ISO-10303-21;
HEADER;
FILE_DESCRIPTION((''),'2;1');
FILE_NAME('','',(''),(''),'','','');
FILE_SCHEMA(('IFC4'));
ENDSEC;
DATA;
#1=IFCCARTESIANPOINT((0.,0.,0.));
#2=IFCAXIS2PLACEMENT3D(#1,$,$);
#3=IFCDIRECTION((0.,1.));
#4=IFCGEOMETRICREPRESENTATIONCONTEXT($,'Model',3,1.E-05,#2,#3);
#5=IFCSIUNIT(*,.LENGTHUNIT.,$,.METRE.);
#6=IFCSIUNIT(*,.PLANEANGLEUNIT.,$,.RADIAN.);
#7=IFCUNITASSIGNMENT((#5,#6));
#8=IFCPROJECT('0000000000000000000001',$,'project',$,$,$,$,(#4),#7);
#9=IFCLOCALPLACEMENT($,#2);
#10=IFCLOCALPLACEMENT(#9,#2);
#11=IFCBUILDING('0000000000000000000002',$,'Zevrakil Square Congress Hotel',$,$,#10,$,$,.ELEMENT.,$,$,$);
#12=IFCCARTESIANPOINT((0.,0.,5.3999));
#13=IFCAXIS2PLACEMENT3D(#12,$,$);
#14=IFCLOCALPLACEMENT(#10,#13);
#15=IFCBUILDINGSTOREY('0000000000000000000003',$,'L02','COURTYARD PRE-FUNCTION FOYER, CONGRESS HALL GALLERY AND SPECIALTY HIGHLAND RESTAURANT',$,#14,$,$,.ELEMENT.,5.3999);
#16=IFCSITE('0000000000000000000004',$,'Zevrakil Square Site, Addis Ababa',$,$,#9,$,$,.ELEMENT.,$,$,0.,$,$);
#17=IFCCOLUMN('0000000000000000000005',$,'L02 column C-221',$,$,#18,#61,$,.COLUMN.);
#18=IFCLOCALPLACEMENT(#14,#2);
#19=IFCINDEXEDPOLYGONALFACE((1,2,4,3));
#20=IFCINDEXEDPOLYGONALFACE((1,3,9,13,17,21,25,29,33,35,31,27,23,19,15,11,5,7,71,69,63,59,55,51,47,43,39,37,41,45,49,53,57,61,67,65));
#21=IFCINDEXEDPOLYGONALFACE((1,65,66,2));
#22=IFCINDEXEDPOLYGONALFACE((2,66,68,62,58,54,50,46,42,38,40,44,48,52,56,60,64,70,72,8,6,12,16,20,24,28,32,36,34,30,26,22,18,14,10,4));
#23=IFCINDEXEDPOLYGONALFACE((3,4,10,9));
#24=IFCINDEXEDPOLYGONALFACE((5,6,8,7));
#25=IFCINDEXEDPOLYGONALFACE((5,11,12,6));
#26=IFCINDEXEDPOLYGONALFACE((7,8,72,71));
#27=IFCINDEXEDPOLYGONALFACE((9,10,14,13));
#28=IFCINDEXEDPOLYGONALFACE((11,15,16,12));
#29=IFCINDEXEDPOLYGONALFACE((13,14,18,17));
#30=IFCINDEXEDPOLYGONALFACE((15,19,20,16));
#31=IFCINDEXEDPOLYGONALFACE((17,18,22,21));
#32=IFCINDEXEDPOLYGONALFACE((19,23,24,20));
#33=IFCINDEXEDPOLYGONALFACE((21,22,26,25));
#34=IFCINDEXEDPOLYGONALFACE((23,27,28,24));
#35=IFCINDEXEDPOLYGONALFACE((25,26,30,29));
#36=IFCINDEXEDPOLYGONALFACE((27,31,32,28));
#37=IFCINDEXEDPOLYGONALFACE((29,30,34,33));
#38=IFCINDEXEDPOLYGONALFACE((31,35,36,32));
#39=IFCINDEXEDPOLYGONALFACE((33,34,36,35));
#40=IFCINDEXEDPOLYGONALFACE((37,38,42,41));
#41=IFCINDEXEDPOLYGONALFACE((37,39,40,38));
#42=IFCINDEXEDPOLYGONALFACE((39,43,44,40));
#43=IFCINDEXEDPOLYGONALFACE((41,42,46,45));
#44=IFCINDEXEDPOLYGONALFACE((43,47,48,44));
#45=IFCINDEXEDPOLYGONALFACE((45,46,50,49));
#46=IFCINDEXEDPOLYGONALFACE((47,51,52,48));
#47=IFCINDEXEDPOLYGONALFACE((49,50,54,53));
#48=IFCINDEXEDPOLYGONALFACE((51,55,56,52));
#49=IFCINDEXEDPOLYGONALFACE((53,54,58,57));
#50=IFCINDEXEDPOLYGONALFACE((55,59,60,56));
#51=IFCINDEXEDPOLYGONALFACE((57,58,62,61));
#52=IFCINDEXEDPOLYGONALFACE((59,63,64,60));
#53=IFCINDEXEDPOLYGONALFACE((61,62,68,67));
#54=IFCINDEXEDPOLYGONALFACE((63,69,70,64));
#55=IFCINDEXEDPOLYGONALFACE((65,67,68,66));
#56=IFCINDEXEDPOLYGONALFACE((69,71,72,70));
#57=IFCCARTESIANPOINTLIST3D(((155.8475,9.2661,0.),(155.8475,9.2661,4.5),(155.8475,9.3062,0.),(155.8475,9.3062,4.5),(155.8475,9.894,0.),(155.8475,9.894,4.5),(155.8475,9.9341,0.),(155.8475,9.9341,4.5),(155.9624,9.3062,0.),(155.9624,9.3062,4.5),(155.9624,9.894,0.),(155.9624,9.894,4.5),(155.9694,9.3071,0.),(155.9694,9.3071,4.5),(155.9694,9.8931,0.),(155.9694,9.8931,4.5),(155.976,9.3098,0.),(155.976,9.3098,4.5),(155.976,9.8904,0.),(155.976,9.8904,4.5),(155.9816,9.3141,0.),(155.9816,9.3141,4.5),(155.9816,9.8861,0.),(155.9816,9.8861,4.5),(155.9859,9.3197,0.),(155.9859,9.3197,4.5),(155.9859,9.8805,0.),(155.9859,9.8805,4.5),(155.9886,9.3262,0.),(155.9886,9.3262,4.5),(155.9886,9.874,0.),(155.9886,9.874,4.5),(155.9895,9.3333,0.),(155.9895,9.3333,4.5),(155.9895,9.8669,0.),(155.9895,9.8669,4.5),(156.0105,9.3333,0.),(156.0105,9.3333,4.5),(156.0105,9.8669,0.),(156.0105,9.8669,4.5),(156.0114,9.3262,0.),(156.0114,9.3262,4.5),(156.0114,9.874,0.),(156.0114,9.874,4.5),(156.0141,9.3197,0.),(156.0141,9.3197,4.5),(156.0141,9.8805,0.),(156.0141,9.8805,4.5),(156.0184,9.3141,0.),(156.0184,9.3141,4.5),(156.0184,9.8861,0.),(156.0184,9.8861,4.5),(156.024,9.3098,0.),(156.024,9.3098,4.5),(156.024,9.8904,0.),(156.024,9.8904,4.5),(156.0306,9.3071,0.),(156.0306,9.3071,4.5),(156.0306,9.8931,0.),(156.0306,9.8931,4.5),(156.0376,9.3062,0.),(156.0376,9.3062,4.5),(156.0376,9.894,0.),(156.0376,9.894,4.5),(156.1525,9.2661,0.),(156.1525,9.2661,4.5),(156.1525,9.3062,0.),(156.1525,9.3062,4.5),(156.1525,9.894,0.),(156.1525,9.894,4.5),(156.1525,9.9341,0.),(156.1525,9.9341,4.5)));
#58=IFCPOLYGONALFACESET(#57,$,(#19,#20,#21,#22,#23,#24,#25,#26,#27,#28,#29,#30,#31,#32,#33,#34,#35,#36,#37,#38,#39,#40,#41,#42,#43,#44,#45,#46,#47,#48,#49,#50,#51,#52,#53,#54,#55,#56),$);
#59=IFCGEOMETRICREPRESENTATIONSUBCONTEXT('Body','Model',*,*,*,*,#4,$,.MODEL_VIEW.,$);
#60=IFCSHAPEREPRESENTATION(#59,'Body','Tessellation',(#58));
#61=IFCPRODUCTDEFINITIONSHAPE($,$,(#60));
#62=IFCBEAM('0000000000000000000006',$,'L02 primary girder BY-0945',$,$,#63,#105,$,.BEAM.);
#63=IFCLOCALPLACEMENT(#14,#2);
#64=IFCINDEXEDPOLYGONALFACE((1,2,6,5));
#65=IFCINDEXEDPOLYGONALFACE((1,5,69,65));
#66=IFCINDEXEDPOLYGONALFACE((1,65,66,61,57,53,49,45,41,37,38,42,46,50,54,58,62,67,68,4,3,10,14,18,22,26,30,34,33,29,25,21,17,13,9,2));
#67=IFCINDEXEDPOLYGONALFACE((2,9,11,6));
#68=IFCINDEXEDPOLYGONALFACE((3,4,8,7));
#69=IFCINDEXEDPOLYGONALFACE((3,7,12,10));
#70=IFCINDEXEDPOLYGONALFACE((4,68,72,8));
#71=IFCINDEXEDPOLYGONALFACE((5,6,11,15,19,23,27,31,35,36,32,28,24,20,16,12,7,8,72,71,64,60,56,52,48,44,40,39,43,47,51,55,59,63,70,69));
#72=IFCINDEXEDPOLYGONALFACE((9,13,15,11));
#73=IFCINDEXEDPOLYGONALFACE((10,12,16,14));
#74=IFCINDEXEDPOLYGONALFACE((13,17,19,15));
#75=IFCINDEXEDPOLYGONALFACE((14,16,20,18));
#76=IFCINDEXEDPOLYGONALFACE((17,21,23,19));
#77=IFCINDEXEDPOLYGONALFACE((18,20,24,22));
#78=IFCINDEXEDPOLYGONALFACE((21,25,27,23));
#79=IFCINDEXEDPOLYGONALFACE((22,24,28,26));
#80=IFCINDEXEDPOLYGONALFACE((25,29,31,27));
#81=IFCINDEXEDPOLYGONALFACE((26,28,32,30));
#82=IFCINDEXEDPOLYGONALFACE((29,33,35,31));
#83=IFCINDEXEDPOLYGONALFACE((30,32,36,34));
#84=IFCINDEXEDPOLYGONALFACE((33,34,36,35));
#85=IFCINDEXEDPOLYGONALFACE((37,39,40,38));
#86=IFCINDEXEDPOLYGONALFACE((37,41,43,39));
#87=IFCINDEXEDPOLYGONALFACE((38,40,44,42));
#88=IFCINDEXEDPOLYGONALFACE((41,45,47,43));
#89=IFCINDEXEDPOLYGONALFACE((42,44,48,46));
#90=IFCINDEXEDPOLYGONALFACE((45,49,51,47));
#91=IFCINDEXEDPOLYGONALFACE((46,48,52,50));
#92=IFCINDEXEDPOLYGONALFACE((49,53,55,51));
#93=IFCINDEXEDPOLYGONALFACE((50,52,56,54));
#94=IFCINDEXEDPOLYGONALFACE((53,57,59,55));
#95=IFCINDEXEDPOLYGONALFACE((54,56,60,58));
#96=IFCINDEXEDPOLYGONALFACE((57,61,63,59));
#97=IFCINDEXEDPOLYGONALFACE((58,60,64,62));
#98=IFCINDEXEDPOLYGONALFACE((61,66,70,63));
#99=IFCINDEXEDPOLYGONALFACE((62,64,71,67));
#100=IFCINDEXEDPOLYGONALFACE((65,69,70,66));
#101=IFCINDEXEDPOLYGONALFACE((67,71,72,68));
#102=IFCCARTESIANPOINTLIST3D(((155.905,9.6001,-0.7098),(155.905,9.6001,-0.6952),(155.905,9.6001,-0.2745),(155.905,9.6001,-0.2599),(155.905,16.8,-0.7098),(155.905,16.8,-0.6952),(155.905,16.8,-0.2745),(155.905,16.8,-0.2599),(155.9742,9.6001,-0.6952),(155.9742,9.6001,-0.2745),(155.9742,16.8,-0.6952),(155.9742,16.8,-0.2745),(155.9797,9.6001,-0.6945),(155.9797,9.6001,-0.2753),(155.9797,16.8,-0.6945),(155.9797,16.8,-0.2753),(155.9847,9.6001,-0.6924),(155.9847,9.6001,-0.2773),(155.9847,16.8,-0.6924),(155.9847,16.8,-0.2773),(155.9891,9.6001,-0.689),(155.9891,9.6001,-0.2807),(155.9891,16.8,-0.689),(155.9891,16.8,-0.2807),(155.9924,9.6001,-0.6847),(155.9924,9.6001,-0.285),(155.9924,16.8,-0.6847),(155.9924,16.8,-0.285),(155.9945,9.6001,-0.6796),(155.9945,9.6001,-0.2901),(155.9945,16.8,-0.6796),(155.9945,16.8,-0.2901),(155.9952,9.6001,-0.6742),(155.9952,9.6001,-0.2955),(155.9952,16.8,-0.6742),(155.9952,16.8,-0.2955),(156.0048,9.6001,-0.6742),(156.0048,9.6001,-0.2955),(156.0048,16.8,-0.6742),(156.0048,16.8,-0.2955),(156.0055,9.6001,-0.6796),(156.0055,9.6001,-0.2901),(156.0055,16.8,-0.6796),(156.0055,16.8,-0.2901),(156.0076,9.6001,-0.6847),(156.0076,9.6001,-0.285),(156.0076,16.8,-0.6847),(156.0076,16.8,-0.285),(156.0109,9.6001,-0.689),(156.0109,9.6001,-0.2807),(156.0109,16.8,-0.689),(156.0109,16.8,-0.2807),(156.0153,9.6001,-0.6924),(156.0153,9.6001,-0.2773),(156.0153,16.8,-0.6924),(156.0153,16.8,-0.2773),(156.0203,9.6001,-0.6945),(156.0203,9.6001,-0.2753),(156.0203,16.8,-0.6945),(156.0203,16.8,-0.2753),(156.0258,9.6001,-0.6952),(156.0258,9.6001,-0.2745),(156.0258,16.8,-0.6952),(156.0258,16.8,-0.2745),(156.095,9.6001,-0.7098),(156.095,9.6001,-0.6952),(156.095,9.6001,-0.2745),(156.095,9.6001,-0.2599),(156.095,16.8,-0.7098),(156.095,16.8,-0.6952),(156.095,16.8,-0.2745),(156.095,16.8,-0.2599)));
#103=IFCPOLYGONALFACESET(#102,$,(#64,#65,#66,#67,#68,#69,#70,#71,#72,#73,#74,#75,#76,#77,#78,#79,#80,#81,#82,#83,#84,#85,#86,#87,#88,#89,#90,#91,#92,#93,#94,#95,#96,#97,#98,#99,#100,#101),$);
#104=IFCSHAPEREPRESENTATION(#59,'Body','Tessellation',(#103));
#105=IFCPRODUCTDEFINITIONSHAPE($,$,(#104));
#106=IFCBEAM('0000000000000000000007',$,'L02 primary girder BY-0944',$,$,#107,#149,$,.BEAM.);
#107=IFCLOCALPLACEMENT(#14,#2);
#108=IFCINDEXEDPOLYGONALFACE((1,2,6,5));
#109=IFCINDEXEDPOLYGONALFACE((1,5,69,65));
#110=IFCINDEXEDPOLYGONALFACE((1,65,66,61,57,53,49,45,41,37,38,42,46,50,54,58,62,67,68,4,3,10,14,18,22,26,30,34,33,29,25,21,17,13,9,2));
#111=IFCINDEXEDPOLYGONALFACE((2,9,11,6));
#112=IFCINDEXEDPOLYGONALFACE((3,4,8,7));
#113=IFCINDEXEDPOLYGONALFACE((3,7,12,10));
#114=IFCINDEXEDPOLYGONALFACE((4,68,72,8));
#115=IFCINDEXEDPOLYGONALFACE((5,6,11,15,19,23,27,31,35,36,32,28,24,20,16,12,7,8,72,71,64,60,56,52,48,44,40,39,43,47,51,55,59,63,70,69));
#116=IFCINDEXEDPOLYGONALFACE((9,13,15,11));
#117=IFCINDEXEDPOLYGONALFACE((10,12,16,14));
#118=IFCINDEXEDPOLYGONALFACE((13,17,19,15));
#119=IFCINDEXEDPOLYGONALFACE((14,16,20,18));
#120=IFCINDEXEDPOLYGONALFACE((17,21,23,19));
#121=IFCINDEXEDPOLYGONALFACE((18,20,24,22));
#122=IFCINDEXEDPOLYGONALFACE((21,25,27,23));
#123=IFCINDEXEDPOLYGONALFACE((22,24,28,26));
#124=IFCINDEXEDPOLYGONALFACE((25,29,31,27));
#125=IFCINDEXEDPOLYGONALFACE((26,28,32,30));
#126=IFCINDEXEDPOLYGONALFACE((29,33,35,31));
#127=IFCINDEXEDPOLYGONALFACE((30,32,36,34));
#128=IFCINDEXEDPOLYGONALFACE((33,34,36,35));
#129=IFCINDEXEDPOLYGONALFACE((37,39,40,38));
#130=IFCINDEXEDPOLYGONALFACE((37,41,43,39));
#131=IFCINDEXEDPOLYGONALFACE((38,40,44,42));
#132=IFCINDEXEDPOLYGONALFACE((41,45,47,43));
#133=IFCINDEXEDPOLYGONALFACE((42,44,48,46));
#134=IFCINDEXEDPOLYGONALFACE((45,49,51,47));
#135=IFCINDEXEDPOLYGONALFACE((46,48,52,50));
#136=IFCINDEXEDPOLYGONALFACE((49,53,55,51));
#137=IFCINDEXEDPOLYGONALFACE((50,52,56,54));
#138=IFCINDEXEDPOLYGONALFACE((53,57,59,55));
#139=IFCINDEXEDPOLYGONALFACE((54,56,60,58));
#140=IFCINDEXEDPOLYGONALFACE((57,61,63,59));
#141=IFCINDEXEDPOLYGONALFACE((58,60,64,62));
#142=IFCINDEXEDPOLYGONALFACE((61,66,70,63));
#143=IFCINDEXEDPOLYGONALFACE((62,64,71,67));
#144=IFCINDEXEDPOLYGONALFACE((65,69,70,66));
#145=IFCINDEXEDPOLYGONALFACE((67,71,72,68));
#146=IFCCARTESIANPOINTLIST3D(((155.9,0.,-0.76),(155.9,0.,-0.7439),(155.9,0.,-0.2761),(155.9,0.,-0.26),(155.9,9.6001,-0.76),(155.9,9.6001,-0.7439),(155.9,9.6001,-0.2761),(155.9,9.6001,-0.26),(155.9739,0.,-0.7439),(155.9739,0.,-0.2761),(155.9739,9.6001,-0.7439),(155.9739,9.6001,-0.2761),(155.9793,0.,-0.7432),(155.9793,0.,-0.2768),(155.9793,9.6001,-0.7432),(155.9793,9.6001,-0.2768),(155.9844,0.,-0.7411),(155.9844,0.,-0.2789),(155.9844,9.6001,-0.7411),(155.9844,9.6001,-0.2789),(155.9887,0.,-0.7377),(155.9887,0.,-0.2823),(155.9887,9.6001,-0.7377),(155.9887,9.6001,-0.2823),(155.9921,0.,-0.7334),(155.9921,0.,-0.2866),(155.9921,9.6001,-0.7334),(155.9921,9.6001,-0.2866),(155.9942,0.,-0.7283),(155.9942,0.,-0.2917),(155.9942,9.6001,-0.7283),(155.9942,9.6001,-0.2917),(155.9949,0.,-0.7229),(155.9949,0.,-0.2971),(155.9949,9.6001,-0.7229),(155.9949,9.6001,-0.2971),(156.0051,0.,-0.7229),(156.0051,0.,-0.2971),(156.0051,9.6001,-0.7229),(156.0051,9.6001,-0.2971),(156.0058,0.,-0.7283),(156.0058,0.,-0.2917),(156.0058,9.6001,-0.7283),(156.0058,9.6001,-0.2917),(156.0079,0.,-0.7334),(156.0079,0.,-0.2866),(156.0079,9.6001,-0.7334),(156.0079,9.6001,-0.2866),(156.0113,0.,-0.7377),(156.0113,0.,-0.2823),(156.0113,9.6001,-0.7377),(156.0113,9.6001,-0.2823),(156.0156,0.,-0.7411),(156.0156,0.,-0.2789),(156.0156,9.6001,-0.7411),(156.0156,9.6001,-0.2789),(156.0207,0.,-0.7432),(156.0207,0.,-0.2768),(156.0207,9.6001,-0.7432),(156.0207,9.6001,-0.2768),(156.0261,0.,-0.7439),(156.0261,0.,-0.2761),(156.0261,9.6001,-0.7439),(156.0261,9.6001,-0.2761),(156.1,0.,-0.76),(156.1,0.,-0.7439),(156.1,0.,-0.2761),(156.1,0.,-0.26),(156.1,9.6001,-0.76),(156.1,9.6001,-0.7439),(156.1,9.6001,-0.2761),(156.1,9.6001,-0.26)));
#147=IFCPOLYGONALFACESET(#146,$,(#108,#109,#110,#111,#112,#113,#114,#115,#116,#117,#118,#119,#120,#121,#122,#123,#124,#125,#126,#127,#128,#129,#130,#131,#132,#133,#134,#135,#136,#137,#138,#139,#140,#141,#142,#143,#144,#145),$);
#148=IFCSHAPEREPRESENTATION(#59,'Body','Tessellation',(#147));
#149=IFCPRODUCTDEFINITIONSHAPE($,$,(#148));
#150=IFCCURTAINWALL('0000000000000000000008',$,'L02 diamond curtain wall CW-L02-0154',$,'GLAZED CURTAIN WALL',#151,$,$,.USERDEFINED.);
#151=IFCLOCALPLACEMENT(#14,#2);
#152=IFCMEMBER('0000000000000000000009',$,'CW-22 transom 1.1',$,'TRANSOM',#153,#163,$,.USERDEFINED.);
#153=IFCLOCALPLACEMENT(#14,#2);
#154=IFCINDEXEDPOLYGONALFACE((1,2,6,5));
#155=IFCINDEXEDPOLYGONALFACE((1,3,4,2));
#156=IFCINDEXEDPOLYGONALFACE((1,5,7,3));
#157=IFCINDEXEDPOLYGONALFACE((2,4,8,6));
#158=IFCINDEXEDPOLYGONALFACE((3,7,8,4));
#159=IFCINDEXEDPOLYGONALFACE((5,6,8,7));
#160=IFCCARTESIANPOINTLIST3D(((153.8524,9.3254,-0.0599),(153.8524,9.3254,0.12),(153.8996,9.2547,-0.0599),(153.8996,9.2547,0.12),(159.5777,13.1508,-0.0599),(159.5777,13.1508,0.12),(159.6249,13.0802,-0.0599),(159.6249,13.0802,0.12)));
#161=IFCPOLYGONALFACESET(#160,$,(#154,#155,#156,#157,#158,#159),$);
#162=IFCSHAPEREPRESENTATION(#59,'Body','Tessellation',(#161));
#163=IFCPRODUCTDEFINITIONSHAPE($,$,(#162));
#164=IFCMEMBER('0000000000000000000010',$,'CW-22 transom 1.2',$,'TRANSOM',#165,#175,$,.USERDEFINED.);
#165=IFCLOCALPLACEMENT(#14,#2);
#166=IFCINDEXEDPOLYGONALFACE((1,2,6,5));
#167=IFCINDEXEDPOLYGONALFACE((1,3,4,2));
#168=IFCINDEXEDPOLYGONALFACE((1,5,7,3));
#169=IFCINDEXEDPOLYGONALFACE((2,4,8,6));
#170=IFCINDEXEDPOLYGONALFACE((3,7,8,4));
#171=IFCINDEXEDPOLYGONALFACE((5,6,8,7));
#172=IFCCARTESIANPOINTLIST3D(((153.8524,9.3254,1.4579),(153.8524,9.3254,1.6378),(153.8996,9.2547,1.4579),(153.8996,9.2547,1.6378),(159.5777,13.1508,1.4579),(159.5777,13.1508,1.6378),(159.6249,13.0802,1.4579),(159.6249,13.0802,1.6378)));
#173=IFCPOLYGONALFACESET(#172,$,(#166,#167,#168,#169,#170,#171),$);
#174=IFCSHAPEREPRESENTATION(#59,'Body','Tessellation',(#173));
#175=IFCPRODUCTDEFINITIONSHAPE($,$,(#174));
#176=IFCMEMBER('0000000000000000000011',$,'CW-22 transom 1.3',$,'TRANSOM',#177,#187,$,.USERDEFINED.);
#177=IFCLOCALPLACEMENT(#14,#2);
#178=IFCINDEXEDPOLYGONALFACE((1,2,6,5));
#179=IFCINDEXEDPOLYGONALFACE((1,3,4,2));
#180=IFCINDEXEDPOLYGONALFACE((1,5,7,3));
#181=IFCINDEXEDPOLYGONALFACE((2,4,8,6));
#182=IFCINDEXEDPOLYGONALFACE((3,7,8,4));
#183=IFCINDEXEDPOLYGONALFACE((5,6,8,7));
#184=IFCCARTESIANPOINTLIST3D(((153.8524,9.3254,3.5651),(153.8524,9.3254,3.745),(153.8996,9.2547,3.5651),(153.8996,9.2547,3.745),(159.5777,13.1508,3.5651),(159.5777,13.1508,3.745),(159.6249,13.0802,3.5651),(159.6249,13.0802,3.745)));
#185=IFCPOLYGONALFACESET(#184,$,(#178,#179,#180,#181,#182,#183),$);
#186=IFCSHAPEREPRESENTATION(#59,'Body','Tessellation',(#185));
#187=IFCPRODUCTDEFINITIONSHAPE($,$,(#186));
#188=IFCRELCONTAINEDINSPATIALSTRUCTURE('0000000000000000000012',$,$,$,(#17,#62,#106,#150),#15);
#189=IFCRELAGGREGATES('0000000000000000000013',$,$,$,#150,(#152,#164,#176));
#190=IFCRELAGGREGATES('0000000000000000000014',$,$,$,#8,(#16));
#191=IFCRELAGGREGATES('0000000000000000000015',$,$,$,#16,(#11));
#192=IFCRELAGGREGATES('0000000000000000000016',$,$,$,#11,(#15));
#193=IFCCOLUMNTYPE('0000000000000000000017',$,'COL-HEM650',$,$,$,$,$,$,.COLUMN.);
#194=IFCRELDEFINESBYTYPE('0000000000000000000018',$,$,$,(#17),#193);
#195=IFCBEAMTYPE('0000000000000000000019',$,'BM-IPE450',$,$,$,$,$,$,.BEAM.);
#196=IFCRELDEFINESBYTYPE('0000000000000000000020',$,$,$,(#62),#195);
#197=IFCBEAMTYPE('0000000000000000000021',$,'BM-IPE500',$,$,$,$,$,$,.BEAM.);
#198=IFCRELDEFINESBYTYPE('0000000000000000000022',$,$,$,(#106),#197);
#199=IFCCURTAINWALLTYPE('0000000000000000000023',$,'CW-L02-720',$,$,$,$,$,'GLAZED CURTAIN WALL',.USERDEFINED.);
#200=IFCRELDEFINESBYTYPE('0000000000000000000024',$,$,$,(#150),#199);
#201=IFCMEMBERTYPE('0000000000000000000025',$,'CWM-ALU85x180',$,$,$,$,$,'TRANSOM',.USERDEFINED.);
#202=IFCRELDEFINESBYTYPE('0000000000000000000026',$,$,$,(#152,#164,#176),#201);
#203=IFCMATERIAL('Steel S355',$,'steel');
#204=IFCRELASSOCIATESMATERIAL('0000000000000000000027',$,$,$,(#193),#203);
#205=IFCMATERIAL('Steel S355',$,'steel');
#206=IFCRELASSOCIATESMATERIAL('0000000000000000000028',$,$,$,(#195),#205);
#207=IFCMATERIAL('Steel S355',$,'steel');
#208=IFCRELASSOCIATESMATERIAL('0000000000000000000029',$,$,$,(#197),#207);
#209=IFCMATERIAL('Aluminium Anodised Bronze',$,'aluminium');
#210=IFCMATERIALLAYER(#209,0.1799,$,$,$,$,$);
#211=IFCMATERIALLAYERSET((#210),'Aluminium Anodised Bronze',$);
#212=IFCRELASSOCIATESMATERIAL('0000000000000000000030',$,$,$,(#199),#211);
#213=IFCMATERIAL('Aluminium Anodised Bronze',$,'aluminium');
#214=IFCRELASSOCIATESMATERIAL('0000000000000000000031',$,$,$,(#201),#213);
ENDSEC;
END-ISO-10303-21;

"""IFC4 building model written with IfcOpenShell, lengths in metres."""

from ifc_helpers import new_model, si_unit, direction, frame, origin, origin_2d, place, context, subcontext, project, spatial, rectangle, i_section, extrude, material, layer, layer_set, material_profile, profile_set, type_object, element, aggregate, save


model = new_model("IFC4")

# Units and contexts
model_context = context("Model", 3, precision=1e-05, world=origin(), true_north=direction((0.0, 1.0)))
body_context = subcontext(model_context, "Body", "Model", "MODEL_VIEW")
ifc_project = project(units=[si_unit("LENGTHUNIT", "METRE"), si_unit("PLANEANGLEUNIT", "RADIAN")], contexts=[model_context])

# Site, building, storey
site_placement = place(None, origin())
site = spatial("IfcSite", under=ifc_project, at=site_placement, Name="Zevrakil Square Site, Addis Ababa", CompositionType="ELEMENT", RefElevation=0.0)
building_placement = place(site_placement, origin())
building = spatial("IfcBuilding", under=site, at=building_placement, Name="Zevrakil Square Congress Hotel", CompositionType="ELEMENT")
storey_placement = place(building_placement, frame((0.0, 0.0, 5.3999)))
storey = spatial("IfcBuildingStorey", under=building, at=storey_placement, Name="L02", Description="COURTYARD PRE-FUNCTION FOYER, CONGRESS HALL GALLERY AND SPECIALTY HIGHLAND RESTAURANT", CompositionType="ELEMENT", Elevation=5.3999)

# Column
ifc_material_1 = material(Name="Steel S355", Category="steel")
ifc_material_profile_1 = material_profile(ifc_material_1, i_section(OverallWidth=0.3049, OverallDepth=0.668, WebThickness=0.021, FlangeThickness=0.04, FilletRadius=0.0271, at=origin_2d()), Name="HEM 650")
ifc_profile_set_1 = profile_set([ifc_material_profile_1], Name="Steel S355")
column_type = type_object("IfcColumnType", Name="COL-HEM650", PredefinedType="COLUMN", material=ifc_profile_set_1)
column_placement = place(storey_placement, frame((156.0, 9.6001, 0.0), z_axis=(0.0, 0.0, 1.0), x_axis=(1.0, 0.0, 0.0)))
element("IfcColumn", 1, at=column_placement, inside=storey, type_object=column_type, Name="L02 column C-221", PredefinedType="COLUMN", context=body_context, shape_type="SweptSolid", body=[
    extrude(i_section(OverallWidth=0.3049, OverallDepth=0.668, WebThickness=0.021, FlangeThickness=0.04, FilletRadius=0.0271, at=origin_2d()), origin(), (0.0, 0.0, 1.0), 4.5),
])

# Beams
ifc_material_2 = material(Name="Steel S355", Category="steel")
ifc_material_profile_2 = material_profile(ifc_material_2, i_section(OverallWidth=0.1899, OverallDepth=0.45, WebThickness=0.0095, FlangeThickness=0.0146, FilletRadius=0.021, at=origin_2d()), Name="IPE 450")
ifc_profile_set_2 = profile_set([ifc_material_profile_2], Name="Steel S355")
beam_type_1 = type_object("IfcBeamType", Name="BM-IPE450", PredefinedType="BEAM", material=ifc_profile_set_2)
beam_1_placement = place(storey_placement, frame((156.0, 9.6001, -0.4849), z_axis=(0.0, 1.0, 0.0), x_axis=(-1.0, 0.0, 0.0)))
element("IfcBeam", 2, at=beam_1_placement, inside=storey, type_object=beam_type_1, Name="L02 primary girder BY-0945", PredefinedType="BEAM", context=body_context, shape_type="SweptSolid", body=[
    extrude(i_section(OverallWidth=0.1899, OverallDepth=0.45, WebThickness=0.0095, FlangeThickness=0.0146, FilletRadius=0.021, at=origin_2d()), origin(), (0.0, 0.0, 1.0), 7.2),
])
ifc_material_3 = material(Name="Steel S355", Category="steel")
ifc_material_profile_3 = material_profile(ifc_material_3, i_section(OverallWidth=0.2, OverallDepth=0.5, WebThickness=0.0103, FlangeThickness=0.0161, FilletRadius=0.021, at=origin_2d()), Name="IPE 500")
ifc_profile_set_3 = profile_set([ifc_material_profile_3], Name="Steel S355")
beam_type_2 = type_object("IfcBeamType", Name="BM-IPE500", PredefinedType="BEAM", material=ifc_profile_set_3)
beam_2_placement = place(storey_placement, frame((156.0, 0.0, -0.51), z_axis=(0.0, 1.0, 0.0), x_axis=(-1.0, 0.0, 0.0)))
element("IfcBeam", 3, at=beam_2_placement, inside=storey, type_object=beam_type_2, Name="L02 primary girder BY-0944", PredefinedType="BEAM", context=body_context, shape_type="SweptSolid", body=[
    extrude(i_section(OverallWidth=0.2, OverallDepth=0.5, WebThickness=0.0103, FlangeThickness=0.0161, FilletRadius=0.021, at=origin_2d()), origin(), (0.0, 0.0, 1.0), 9.6001),
])

# Curtain wall, members
ifc_material_4 = material(Name="Aluminium Anodised Bronze", Category="aluminium")
ifc_layer_1 = layer(ifc_material_4, 0.1799)
ifc_layer_set_1 = layer_set([ifc_layer_1], Name="Aluminium Anodised Bronze")
curtain_wall_type = type_object("IfcCurtainWallType", Name="CW-L02-720", ElementType="GLAZED CURTAIN WALL", PredefinedType="USERDEFINED", material=ifc_layer_set_1)
curtain_wall_1_placement = place(storey_placement, origin())
curtain_wall_1 = element("IfcCurtainWall", 4, at=curtain_wall_1_placement, inside=storey, type_object=curtain_wall_type, Name="L02 diamond curtain wall CW-L02-0154", ObjectType="GLAZED CURTAIN WALL", PredefinedType="USERDEFINED")
ifc_material_5 = material(Name="Aluminium Anodised Bronze", Category="aluminium")
ifc_material_profile_4 = material_profile(ifc_material_5, rectangle(XDim=0.085, YDim=0.1799, at=origin_2d()), Name="ALU 85x180")
ifc_profile_set_4 = profile_set([ifc_material_profile_4], Name="Aluminium Anodised Bronze")
member_type_1 = type_object("IfcMemberType", Name="CWM-ALU85x180", ElementType="TRANSOM", PredefinedType="USERDEFINED", material=ifc_profile_set_4)
member_1_placement = place(storey_placement, frame((153.876, 9.29, 0.03), z_axis=(0.831477, 0.555559, 0.0), x_axis=(-0.555559, 0.831477, 0.0)))
member_1 = element("IfcMember", 5, at=member_1_placement, type_object=member_type_1, Name="CW-22 transom 1.1", ObjectType="TRANSOM", PredefinedType="USERDEFINED", context=body_context, shape_type="SweptSolid", body=[
    extrude(rectangle(XDim=0.085, YDim=0.1799, at=origin_2d()), origin(), (0.0, 0.0, 1.0), 6.8857),
])
member_2_placement = place(storey_placement, frame((153.876, 9.29, 1.5479), z_axis=(0.831477, 0.555559, 0.0), x_axis=(-0.555559, 0.831477, 0.0)))
member_2 = element("IfcMember", 6, at=member_2_placement, type_object=member_type_1, Name="CW-22 transom 1.2", ObjectType="TRANSOM", PredefinedType="USERDEFINED", context=body_context, shape_type="SweptSolid", body=[
    extrude(rectangle(XDim=0.085, YDim=0.1799, at=origin_2d()), origin(), (0.0, 0.0, 1.0), 6.8857),
])
member_3_placement = place(storey_placement, frame((153.876, 9.29, 3.655), z_axis=(0.831477, 0.555559, 0.0), x_axis=(-0.555559, 0.831477, 0.0)))
member_3 = element("IfcMember", 7, at=member_3_placement, type_object=member_type_1, Name="CW-22 transom 1.3", ObjectType="TRANSOM", PredefinedType="USERDEFINED", context=body_context, shape_type="SweptSolid", body=[
    extrude(rectangle(XDim=0.085, YDim=0.1799, at=origin_2d()), origin(), (0.0, 0.0, 1.0), 6.8857),
])

aggregate(curtain_wall_1, [member_1, member_2, member_3])

save(model, "model.ifc")
